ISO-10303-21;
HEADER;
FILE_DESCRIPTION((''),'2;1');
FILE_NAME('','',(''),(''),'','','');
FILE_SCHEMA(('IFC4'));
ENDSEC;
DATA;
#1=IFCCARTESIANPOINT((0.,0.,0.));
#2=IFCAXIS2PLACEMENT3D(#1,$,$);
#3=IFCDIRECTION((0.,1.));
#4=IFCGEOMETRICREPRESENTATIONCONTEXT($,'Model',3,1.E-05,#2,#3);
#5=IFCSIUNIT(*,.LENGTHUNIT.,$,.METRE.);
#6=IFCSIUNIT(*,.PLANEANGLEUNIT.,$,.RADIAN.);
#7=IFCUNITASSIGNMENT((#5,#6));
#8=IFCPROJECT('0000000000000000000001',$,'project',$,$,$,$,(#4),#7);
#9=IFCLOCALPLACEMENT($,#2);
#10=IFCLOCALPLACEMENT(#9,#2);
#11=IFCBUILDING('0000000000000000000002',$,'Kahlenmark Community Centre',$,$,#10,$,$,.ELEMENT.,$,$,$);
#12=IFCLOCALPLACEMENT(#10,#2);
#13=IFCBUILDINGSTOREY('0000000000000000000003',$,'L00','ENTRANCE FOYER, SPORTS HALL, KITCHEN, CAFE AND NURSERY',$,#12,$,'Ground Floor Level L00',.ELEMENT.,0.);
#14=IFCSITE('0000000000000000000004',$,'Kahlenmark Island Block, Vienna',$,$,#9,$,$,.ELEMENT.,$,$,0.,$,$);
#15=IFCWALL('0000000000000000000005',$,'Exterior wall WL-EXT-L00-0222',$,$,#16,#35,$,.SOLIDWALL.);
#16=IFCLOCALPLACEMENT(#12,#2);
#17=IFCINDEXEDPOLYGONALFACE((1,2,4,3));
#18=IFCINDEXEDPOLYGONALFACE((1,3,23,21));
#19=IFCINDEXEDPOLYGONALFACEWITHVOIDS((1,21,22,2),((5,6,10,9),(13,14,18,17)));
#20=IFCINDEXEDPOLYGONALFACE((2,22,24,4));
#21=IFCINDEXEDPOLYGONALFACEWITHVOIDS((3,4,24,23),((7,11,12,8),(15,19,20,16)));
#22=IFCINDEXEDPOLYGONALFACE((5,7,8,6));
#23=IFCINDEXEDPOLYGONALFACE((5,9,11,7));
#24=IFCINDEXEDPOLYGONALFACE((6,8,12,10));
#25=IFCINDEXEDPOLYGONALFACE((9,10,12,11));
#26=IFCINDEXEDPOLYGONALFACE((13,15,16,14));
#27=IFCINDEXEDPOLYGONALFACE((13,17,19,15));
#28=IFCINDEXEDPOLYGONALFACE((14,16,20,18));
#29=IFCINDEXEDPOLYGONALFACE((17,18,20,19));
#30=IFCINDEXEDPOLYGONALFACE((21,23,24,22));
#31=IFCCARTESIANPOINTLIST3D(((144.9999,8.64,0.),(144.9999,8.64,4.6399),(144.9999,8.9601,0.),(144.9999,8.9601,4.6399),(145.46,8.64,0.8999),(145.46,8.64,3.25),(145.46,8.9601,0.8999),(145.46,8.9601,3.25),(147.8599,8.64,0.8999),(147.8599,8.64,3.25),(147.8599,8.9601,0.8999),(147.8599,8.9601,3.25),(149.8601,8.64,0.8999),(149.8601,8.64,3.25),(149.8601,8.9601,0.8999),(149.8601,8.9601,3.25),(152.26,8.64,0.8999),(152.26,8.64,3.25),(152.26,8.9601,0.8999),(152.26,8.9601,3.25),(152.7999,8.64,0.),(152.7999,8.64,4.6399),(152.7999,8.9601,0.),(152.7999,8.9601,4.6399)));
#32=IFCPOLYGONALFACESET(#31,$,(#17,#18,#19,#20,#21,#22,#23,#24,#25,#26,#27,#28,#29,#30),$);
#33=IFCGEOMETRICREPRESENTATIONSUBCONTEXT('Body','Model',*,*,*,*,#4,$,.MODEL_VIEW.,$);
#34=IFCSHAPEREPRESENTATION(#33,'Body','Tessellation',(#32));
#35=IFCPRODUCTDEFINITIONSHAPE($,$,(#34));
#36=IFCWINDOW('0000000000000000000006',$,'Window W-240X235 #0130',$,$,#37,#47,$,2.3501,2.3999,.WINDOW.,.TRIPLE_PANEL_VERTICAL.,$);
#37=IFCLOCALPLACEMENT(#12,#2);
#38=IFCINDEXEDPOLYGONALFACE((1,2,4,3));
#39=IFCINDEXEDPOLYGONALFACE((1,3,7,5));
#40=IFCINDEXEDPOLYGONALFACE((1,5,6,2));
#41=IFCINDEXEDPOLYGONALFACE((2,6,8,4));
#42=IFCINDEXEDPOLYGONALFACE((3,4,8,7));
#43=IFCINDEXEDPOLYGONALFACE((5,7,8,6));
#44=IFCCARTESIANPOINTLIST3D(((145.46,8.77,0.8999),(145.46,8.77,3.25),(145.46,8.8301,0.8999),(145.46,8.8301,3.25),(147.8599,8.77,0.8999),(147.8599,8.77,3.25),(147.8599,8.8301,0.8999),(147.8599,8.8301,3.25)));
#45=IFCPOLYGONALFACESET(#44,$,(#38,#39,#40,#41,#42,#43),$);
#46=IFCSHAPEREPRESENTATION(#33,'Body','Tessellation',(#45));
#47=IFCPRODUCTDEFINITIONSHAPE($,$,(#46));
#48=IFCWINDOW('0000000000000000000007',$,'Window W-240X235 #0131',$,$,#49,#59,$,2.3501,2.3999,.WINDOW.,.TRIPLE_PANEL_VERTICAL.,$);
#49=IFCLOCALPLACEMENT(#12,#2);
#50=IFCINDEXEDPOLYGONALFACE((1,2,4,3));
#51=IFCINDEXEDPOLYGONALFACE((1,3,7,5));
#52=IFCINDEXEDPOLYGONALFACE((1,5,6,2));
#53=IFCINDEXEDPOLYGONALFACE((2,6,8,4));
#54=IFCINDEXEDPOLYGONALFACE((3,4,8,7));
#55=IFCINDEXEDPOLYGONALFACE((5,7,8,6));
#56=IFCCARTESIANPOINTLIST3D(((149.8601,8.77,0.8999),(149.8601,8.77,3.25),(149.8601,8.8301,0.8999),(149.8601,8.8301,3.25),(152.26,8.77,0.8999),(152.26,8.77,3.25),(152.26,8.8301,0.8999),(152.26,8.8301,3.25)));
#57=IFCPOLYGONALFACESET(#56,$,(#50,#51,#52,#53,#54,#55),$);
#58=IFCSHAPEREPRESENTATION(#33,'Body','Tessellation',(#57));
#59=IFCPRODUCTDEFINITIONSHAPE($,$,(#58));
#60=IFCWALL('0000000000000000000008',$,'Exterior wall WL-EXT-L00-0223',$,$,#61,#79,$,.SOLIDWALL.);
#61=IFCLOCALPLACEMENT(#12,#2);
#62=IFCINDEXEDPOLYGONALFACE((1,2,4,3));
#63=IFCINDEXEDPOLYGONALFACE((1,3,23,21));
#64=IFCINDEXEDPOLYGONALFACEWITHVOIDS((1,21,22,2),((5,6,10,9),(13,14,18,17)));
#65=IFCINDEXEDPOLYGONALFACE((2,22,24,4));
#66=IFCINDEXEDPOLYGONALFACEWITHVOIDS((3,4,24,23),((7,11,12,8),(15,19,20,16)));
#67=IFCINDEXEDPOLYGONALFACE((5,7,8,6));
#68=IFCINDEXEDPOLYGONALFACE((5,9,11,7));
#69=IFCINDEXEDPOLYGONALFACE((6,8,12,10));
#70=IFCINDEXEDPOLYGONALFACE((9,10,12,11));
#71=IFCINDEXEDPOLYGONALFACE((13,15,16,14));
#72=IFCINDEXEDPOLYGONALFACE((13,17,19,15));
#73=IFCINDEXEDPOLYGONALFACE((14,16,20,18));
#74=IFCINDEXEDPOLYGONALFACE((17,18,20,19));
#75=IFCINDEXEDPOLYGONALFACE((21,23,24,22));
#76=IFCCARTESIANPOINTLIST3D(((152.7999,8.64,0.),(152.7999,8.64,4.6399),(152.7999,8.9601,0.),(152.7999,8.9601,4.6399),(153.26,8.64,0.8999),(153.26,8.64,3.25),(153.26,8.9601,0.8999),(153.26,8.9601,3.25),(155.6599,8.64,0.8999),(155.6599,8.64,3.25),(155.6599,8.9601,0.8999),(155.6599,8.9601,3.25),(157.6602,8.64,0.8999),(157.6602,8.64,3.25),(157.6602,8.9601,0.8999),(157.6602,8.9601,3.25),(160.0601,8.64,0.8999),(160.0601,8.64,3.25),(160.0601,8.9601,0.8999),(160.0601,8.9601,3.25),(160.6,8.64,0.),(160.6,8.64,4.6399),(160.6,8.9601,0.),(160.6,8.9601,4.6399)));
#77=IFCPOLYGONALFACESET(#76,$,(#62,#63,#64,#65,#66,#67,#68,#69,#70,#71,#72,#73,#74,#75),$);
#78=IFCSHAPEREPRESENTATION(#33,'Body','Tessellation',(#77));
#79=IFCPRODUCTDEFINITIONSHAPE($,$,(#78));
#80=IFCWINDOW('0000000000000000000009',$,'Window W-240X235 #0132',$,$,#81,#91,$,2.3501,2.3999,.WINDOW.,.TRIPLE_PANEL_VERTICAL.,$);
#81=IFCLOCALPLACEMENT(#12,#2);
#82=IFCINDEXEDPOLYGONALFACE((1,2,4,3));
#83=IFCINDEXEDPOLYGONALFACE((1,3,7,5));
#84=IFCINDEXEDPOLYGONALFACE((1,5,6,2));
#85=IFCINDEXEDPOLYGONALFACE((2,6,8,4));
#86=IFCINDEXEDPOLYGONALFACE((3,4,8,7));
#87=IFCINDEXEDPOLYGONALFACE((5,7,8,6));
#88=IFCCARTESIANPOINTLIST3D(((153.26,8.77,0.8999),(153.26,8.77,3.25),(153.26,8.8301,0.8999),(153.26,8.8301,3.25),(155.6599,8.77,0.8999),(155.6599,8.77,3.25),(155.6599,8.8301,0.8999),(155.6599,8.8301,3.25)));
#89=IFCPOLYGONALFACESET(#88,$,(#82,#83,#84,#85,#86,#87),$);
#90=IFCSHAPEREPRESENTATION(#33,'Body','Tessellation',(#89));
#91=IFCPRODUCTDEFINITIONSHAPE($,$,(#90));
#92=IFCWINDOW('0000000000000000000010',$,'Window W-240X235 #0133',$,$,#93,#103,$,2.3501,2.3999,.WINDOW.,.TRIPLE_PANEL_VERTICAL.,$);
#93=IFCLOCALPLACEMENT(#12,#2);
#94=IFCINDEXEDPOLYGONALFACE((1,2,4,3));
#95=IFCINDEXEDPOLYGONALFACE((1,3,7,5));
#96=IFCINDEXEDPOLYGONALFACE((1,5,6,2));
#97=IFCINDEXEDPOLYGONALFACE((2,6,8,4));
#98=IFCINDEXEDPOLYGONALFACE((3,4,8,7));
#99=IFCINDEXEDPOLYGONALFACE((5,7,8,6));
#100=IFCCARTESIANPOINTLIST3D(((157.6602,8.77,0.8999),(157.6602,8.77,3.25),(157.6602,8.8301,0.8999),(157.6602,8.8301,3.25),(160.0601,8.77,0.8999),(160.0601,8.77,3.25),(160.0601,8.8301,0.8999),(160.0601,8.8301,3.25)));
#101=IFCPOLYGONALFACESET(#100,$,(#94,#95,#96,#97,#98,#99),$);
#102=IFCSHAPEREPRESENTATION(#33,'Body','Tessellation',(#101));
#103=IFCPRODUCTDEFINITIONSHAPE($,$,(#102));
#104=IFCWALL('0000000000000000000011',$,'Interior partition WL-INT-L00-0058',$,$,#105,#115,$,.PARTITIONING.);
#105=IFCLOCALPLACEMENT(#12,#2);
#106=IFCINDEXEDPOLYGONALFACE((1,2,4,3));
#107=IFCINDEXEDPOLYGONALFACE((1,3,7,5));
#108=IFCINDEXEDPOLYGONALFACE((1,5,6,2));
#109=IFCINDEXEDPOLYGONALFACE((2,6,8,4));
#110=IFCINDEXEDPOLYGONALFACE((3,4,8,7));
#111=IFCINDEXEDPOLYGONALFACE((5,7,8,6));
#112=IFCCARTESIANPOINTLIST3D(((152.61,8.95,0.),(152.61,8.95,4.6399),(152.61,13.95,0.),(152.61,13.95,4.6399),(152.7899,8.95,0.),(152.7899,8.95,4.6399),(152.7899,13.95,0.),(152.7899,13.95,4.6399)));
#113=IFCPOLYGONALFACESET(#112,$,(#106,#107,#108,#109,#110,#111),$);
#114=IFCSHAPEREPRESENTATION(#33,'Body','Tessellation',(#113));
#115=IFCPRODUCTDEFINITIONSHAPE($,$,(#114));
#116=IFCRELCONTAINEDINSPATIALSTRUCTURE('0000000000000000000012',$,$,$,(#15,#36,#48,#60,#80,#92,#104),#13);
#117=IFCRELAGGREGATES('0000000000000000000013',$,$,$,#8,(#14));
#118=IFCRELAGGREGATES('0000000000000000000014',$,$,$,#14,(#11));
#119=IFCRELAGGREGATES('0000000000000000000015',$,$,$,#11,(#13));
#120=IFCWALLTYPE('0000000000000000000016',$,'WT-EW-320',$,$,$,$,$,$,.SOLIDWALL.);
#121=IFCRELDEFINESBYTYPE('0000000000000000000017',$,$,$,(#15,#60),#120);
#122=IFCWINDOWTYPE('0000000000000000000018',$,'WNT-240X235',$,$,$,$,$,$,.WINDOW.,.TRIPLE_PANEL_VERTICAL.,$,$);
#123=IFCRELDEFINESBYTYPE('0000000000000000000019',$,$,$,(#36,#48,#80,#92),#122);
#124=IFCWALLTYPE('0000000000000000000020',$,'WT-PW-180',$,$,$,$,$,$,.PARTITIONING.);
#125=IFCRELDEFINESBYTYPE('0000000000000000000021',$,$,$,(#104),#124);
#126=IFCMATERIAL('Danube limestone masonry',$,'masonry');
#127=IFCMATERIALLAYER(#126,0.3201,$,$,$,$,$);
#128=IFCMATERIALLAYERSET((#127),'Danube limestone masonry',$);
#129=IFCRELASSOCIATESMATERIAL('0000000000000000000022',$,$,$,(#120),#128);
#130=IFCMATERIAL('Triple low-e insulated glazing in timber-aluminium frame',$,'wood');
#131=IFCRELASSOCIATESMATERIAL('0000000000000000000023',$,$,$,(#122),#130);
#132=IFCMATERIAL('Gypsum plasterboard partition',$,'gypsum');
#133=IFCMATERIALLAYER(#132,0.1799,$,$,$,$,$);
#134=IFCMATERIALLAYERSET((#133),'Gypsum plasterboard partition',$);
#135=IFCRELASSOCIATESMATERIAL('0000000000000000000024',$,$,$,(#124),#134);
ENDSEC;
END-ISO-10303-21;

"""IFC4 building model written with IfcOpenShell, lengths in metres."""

from ifc_helpers import new_model, si_unit, direction, frame, frame_2d, origin, place, context, subcontext, project, spatial, rectangle, extrude, material, layer, layer_set, type_object, element, fill, save


model = new_model("IFC4")

# Units and contexts
model_context = context("Model", 3, precision=1e-05, world=origin(), true_north=direction((0.0, 1.0)))
body_context = subcontext(model_context, "Body", "Model", "MODEL_VIEW")
ifc_project = project(units=[si_unit("LENGTHUNIT", "METRE"), si_unit("PLANEANGLEUNIT", "RADIAN")], contexts=[model_context])

# Site, building, storey
site_placement = place(None, origin())
site = spatial("IfcSite", under=ifc_project, at=site_placement, Name="Kahlenmark Island Block, Vienna", CompositionType="ELEMENT", RefElevation=0.0)
building_placement = place(site_placement, origin())
building = spatial("IfcBuilding", under=site, at=building_placement, Name="Kahlenmark Community Centre", CompositionType="ELEMENT")
storey_placement = place(building_placement, origin())
storey = spatial("IfcBuildingStorey", under=building, at=storey_placement, Name="L00", Description="ENTRANCE FOYER, SPORTS HALL, KITCHEN, CAFE AND NURSERY", LongName="Ground Floor Level L00", CompositionType="ELEMENT", Elevation=0.0)

# Walls, openings, windows
ifc_material_1 = material(Name="Danube limestone masonry", Category="masonry")
ifc_layer_1 = layer(ifc_material_1, 0.3201)
ifc_layer_set_1 = layer_set([ifc_layer_1], Name="Danube limestone masonry")
wall_type_1 = type_object("IfcWallType", Name="WT-EW-320", PredefinedType="SOLIDWALL", material=ifc_layer_set_1)
wall_1_placement = place(storey_placement, frame((145.0, 8.8, 0.0), z_axis=(0.0, 0.0, 1.0), x_axis=(1.0, 0.0, 0.0)))
wall_1 = element("IfcWall", 1, at=wall_1_placement, inside=storey, type_object=wall_type_1, Name="Exterior wall WL-EXT-L00-0222", PredefinedType="SOLIDWALL", context=body_context, shape_type="SweptSolid", body=[
    extrude(rectangle(XDim=7.8, YDim=0.3201, at=frame_2d((3.8999, 0.0))), origin(), (0.0, 0.0, 1.0), 4.6399),
])
opening_1_placement = place(wall_1_placement, frame((0.46, 0.0, 0.8999)))
opening_1 = element("IfcOpeningElement", 2, at=opening_1_placement, cuts=wall_1, PredefinedType="OPENING", context=body_context, shape_type="SweptSolid", body=[
    extrude(rectangle(XDim=2.3999, YDim=2.3501, at=frame_2d((1.2, 1.175))), frame((0.0, 0.1699, 0.0), z_axis=(0.0, -1.0, 0.0), x_axis=(1.0, 0.0, 0.0)), (0.0, 0.0, 1.0), 0.3401),
])
opening_2_placement = place(wall_1_placement, frame((4.8601, 0.0, 0.8999)))
opening_2 = element("IfcOpeningElement", 3, at=opening_2_placement, cuts=wall_1, PredefinedType="OPENING", context=body_context, shape_type="SweptSolid", body=[
    extrude(rectangle(XDim=2.3999, YDim=2.3501, at=frame_2d((1.2, 1.175))), frame((0.0, 0.1699, 0.0), z_axis=(0.0, -1.0, 0.0), x_axis=(1.0, 0.0, 0.0)), (0.0, 0.0, 1.0), 0.3401),
])
ifc_material_2 = material(Name="Triple low-e insulated glazing in timber-aluminium frame", Category="wood")
window_type = type_object("IfcWindowType", Name="WNT-240X235", PartitioningType="TRIPLE_PANEL_VERTICAL", PredefinedType="WINDOW", material=ifc_material_2)
window_1_placement = place(opening_1_placement, origin())
window_1 = element("IfcWindow", 4, at=window_1_placement, inside=storey, type_object=window_type, Name="Window W-240X235 #0130", OverallHeight=2.3501, OverallWidth=2.3999, PartitioningType="TRIPLE_PANEL_VERTICAL", PredefinedType="WINDOW", context=body_context, shape_type="SweptSolid", body=[
    extrude(rectangle(XDim=2.3999, YDim=2.3501, at=frame_2d((1.2, 1.175))), frame((0.0, 0.03, 0.0), z_axis=(0.0, -1.0, 0.0), x_axis=(1.0, 0.0, 0.0)), (0.0, 0.0, 1.0), 0.0601),
])
fill(opening_1, window_1)
window_2_placement = place(opening_2_placement, origin())
window_2 = element("IfcWindow", 5, at=window_2_placement, inside=storey, type_object=window_type, Name="Window W-240X235 #0131", OverallHeight=2.3501, OverallWidth=2.3999, PartitioningType="TRIPLE_PANEL_VERTICAL", PredefinedType="WINDOW", context=body_context, shape_type="SweptSolid", body=[
    extrude(rectangle(XDim=2.3999, YDim=2.3501, at=frame_2d((1.2, 1.175))), frame((0.0, 0.03, 0.0), z_axis=(0.0, -1.0, 0.0), x_axis=(1.0, 0.0, 0.0)), (0.0, 0.0, 1.0), 0.0601),
])
fill(opening_2, window_2)
wall_2_placement = place(storey_placement, frame((152.8, 8.8, 0.0), z_axis=(0.0, 0.0, 1.0), x_axis=(1.0, 0.0, 0.0)))
wall_2 = element("IfcWall", 6, at=wall_2_placement, inside=storey, type_object=wall_type_1, Name="Exterior wall WL-EXT-L00-0223", PredefinedType="SOLIDWALL", context=body_context, shape_type="SweptSolid", body=[
    extrude(rectangle(XDim=7.8, YDim=0.3201, at=frame_2d((3.8999, 0.0))), origin(), (0.0, 0.0, 1.0), 4.6399),
])
opening_3_placement = place(wall_2_placement, frame((0.46, 0.0, 0.8999)))
opening_3 = element("IfcOpeningElement", 7, at=opening_3_placement, cuts=wall_2, PredefinedType="OPENING", context=body_context, shape_type="SweptSolid", body=[
    extrude(rectangle(XDim=2.3999, YDim=2.3501, at=frame_2d((1.2, 1.175))), frame((0.0, 0.1699, 0.0), z_axis=(0.0, -1.0, 0.0), x_axis=(1.0, 0.0, 0.0)), (0.0, 0.0, 1.0), 0.3401),
])
opening_4_placement = place(wall_2_placement, frame((4.8601, 0.0, 0.8999)))
opening_4 = element("IfcOpeningElement", 8, at=opening_4_placement, cuts=wall_2, PredefinedType="OPENING", context=body_context, shape_type="SweptSolid", body=[
    extrude(rectangle(XDim=2.3999, YDim=2.3501, at=frame_2d((1.2, 1.175))), frame((0.0, 0.1699, 0.0), z_axis=(0.0, -1.0, 0.0), x_axis=(1.0, 0.0, 0.0)), (0.0, 0.0, 1.0), 0.3401),
])
window_3_placement = place(opening_3_placement, origin())
window_3 = element("IfcWindow", 9, at=window_3_placement, inside=storey, type_object=window_type, Name="Window W-240X235 #0132", OverallHeight=2.3501, OverallWidth=2.3999, PartitioningType="TRIPLE_PANEL_VERTICAL", PredefinedType="WINDOW", context=body_context, shape_type="SweptSolid", body=[
    extrude(rectangle(XDim=2.3999, YDim=2.3501, at=frame_2d((1.2, 1.175))), frame((0.0, 0.03, 0.0), z_axis=(0.0, -1.0, 0.0), x_axis=(1.0, 0.0, 0.0)), (0.0, 0.0, 1.0), 0.0601),
])
fill(opening_3, window_3)
window_4_placement = place(opening_4_placement, origin())
window_4 = element("IfcWindow", 10, at=window_4_placement, inside=storey, type_object=window_type, Name="Window W-240X235 #0133", OverallHeight=2.3501, OverallWidth=2.3999, PartitioningType="TRIPLE_PANEL_VERTICAL", PredefinedType="WINDOW", context=body_context, shape_type="SweptSolid", body=[
    extrude(rectangle(XDim=2.3999, YDim=2.3501, at=frame_2d((1.2, 1.175))), frame((0.0, 0.03, 0.0), z_axis=(0.0, -1.0, 0.0), x_axis=(1.0, 0.0, 0.0)), (0.0, 0.0, 1.0), 0.0601),
])
fill(opening_4, window_4)

# Shared definitions
ifc_material_3 = material(Name="Gypsum plasterboard partition", Category="gypsum")
ifc_layer_2 = layer(ifc_material_3, 0.1799)
ifc_layer_set_2 = layer_set([ifc_layer_2], Name="Gypsum plasterboard partition")
wall_type_2 = type_object("IfcWallType", Name="WT-PW-180", PredefinedType="PARTITIONING", material=ifc_layer_set_2)

# Wall
wall_3_placement = place(storey_placement, frame((152.7, 8.95, 0.0), z_axis=(0.0, 0.0, 1.0), x_axis=(0.0, 1.0, 0.0)))
element("IfcWall", 11, at=wall_3_placement, inside=storey, type_object=wall_type_2, Name="Interior partition WL-INT-L00-0058", PredefinedType="PARTITIONING", context=body_context, shape_type="SweptSolid", body=[
    extrude(rectangle(XDim=5.0, YDim=0.1799, at=frame_2d((2.5, 0.0))), origin(), (0.0, 0.0, 1.0), 4.6399),
])

save(model, "model.ifc")
